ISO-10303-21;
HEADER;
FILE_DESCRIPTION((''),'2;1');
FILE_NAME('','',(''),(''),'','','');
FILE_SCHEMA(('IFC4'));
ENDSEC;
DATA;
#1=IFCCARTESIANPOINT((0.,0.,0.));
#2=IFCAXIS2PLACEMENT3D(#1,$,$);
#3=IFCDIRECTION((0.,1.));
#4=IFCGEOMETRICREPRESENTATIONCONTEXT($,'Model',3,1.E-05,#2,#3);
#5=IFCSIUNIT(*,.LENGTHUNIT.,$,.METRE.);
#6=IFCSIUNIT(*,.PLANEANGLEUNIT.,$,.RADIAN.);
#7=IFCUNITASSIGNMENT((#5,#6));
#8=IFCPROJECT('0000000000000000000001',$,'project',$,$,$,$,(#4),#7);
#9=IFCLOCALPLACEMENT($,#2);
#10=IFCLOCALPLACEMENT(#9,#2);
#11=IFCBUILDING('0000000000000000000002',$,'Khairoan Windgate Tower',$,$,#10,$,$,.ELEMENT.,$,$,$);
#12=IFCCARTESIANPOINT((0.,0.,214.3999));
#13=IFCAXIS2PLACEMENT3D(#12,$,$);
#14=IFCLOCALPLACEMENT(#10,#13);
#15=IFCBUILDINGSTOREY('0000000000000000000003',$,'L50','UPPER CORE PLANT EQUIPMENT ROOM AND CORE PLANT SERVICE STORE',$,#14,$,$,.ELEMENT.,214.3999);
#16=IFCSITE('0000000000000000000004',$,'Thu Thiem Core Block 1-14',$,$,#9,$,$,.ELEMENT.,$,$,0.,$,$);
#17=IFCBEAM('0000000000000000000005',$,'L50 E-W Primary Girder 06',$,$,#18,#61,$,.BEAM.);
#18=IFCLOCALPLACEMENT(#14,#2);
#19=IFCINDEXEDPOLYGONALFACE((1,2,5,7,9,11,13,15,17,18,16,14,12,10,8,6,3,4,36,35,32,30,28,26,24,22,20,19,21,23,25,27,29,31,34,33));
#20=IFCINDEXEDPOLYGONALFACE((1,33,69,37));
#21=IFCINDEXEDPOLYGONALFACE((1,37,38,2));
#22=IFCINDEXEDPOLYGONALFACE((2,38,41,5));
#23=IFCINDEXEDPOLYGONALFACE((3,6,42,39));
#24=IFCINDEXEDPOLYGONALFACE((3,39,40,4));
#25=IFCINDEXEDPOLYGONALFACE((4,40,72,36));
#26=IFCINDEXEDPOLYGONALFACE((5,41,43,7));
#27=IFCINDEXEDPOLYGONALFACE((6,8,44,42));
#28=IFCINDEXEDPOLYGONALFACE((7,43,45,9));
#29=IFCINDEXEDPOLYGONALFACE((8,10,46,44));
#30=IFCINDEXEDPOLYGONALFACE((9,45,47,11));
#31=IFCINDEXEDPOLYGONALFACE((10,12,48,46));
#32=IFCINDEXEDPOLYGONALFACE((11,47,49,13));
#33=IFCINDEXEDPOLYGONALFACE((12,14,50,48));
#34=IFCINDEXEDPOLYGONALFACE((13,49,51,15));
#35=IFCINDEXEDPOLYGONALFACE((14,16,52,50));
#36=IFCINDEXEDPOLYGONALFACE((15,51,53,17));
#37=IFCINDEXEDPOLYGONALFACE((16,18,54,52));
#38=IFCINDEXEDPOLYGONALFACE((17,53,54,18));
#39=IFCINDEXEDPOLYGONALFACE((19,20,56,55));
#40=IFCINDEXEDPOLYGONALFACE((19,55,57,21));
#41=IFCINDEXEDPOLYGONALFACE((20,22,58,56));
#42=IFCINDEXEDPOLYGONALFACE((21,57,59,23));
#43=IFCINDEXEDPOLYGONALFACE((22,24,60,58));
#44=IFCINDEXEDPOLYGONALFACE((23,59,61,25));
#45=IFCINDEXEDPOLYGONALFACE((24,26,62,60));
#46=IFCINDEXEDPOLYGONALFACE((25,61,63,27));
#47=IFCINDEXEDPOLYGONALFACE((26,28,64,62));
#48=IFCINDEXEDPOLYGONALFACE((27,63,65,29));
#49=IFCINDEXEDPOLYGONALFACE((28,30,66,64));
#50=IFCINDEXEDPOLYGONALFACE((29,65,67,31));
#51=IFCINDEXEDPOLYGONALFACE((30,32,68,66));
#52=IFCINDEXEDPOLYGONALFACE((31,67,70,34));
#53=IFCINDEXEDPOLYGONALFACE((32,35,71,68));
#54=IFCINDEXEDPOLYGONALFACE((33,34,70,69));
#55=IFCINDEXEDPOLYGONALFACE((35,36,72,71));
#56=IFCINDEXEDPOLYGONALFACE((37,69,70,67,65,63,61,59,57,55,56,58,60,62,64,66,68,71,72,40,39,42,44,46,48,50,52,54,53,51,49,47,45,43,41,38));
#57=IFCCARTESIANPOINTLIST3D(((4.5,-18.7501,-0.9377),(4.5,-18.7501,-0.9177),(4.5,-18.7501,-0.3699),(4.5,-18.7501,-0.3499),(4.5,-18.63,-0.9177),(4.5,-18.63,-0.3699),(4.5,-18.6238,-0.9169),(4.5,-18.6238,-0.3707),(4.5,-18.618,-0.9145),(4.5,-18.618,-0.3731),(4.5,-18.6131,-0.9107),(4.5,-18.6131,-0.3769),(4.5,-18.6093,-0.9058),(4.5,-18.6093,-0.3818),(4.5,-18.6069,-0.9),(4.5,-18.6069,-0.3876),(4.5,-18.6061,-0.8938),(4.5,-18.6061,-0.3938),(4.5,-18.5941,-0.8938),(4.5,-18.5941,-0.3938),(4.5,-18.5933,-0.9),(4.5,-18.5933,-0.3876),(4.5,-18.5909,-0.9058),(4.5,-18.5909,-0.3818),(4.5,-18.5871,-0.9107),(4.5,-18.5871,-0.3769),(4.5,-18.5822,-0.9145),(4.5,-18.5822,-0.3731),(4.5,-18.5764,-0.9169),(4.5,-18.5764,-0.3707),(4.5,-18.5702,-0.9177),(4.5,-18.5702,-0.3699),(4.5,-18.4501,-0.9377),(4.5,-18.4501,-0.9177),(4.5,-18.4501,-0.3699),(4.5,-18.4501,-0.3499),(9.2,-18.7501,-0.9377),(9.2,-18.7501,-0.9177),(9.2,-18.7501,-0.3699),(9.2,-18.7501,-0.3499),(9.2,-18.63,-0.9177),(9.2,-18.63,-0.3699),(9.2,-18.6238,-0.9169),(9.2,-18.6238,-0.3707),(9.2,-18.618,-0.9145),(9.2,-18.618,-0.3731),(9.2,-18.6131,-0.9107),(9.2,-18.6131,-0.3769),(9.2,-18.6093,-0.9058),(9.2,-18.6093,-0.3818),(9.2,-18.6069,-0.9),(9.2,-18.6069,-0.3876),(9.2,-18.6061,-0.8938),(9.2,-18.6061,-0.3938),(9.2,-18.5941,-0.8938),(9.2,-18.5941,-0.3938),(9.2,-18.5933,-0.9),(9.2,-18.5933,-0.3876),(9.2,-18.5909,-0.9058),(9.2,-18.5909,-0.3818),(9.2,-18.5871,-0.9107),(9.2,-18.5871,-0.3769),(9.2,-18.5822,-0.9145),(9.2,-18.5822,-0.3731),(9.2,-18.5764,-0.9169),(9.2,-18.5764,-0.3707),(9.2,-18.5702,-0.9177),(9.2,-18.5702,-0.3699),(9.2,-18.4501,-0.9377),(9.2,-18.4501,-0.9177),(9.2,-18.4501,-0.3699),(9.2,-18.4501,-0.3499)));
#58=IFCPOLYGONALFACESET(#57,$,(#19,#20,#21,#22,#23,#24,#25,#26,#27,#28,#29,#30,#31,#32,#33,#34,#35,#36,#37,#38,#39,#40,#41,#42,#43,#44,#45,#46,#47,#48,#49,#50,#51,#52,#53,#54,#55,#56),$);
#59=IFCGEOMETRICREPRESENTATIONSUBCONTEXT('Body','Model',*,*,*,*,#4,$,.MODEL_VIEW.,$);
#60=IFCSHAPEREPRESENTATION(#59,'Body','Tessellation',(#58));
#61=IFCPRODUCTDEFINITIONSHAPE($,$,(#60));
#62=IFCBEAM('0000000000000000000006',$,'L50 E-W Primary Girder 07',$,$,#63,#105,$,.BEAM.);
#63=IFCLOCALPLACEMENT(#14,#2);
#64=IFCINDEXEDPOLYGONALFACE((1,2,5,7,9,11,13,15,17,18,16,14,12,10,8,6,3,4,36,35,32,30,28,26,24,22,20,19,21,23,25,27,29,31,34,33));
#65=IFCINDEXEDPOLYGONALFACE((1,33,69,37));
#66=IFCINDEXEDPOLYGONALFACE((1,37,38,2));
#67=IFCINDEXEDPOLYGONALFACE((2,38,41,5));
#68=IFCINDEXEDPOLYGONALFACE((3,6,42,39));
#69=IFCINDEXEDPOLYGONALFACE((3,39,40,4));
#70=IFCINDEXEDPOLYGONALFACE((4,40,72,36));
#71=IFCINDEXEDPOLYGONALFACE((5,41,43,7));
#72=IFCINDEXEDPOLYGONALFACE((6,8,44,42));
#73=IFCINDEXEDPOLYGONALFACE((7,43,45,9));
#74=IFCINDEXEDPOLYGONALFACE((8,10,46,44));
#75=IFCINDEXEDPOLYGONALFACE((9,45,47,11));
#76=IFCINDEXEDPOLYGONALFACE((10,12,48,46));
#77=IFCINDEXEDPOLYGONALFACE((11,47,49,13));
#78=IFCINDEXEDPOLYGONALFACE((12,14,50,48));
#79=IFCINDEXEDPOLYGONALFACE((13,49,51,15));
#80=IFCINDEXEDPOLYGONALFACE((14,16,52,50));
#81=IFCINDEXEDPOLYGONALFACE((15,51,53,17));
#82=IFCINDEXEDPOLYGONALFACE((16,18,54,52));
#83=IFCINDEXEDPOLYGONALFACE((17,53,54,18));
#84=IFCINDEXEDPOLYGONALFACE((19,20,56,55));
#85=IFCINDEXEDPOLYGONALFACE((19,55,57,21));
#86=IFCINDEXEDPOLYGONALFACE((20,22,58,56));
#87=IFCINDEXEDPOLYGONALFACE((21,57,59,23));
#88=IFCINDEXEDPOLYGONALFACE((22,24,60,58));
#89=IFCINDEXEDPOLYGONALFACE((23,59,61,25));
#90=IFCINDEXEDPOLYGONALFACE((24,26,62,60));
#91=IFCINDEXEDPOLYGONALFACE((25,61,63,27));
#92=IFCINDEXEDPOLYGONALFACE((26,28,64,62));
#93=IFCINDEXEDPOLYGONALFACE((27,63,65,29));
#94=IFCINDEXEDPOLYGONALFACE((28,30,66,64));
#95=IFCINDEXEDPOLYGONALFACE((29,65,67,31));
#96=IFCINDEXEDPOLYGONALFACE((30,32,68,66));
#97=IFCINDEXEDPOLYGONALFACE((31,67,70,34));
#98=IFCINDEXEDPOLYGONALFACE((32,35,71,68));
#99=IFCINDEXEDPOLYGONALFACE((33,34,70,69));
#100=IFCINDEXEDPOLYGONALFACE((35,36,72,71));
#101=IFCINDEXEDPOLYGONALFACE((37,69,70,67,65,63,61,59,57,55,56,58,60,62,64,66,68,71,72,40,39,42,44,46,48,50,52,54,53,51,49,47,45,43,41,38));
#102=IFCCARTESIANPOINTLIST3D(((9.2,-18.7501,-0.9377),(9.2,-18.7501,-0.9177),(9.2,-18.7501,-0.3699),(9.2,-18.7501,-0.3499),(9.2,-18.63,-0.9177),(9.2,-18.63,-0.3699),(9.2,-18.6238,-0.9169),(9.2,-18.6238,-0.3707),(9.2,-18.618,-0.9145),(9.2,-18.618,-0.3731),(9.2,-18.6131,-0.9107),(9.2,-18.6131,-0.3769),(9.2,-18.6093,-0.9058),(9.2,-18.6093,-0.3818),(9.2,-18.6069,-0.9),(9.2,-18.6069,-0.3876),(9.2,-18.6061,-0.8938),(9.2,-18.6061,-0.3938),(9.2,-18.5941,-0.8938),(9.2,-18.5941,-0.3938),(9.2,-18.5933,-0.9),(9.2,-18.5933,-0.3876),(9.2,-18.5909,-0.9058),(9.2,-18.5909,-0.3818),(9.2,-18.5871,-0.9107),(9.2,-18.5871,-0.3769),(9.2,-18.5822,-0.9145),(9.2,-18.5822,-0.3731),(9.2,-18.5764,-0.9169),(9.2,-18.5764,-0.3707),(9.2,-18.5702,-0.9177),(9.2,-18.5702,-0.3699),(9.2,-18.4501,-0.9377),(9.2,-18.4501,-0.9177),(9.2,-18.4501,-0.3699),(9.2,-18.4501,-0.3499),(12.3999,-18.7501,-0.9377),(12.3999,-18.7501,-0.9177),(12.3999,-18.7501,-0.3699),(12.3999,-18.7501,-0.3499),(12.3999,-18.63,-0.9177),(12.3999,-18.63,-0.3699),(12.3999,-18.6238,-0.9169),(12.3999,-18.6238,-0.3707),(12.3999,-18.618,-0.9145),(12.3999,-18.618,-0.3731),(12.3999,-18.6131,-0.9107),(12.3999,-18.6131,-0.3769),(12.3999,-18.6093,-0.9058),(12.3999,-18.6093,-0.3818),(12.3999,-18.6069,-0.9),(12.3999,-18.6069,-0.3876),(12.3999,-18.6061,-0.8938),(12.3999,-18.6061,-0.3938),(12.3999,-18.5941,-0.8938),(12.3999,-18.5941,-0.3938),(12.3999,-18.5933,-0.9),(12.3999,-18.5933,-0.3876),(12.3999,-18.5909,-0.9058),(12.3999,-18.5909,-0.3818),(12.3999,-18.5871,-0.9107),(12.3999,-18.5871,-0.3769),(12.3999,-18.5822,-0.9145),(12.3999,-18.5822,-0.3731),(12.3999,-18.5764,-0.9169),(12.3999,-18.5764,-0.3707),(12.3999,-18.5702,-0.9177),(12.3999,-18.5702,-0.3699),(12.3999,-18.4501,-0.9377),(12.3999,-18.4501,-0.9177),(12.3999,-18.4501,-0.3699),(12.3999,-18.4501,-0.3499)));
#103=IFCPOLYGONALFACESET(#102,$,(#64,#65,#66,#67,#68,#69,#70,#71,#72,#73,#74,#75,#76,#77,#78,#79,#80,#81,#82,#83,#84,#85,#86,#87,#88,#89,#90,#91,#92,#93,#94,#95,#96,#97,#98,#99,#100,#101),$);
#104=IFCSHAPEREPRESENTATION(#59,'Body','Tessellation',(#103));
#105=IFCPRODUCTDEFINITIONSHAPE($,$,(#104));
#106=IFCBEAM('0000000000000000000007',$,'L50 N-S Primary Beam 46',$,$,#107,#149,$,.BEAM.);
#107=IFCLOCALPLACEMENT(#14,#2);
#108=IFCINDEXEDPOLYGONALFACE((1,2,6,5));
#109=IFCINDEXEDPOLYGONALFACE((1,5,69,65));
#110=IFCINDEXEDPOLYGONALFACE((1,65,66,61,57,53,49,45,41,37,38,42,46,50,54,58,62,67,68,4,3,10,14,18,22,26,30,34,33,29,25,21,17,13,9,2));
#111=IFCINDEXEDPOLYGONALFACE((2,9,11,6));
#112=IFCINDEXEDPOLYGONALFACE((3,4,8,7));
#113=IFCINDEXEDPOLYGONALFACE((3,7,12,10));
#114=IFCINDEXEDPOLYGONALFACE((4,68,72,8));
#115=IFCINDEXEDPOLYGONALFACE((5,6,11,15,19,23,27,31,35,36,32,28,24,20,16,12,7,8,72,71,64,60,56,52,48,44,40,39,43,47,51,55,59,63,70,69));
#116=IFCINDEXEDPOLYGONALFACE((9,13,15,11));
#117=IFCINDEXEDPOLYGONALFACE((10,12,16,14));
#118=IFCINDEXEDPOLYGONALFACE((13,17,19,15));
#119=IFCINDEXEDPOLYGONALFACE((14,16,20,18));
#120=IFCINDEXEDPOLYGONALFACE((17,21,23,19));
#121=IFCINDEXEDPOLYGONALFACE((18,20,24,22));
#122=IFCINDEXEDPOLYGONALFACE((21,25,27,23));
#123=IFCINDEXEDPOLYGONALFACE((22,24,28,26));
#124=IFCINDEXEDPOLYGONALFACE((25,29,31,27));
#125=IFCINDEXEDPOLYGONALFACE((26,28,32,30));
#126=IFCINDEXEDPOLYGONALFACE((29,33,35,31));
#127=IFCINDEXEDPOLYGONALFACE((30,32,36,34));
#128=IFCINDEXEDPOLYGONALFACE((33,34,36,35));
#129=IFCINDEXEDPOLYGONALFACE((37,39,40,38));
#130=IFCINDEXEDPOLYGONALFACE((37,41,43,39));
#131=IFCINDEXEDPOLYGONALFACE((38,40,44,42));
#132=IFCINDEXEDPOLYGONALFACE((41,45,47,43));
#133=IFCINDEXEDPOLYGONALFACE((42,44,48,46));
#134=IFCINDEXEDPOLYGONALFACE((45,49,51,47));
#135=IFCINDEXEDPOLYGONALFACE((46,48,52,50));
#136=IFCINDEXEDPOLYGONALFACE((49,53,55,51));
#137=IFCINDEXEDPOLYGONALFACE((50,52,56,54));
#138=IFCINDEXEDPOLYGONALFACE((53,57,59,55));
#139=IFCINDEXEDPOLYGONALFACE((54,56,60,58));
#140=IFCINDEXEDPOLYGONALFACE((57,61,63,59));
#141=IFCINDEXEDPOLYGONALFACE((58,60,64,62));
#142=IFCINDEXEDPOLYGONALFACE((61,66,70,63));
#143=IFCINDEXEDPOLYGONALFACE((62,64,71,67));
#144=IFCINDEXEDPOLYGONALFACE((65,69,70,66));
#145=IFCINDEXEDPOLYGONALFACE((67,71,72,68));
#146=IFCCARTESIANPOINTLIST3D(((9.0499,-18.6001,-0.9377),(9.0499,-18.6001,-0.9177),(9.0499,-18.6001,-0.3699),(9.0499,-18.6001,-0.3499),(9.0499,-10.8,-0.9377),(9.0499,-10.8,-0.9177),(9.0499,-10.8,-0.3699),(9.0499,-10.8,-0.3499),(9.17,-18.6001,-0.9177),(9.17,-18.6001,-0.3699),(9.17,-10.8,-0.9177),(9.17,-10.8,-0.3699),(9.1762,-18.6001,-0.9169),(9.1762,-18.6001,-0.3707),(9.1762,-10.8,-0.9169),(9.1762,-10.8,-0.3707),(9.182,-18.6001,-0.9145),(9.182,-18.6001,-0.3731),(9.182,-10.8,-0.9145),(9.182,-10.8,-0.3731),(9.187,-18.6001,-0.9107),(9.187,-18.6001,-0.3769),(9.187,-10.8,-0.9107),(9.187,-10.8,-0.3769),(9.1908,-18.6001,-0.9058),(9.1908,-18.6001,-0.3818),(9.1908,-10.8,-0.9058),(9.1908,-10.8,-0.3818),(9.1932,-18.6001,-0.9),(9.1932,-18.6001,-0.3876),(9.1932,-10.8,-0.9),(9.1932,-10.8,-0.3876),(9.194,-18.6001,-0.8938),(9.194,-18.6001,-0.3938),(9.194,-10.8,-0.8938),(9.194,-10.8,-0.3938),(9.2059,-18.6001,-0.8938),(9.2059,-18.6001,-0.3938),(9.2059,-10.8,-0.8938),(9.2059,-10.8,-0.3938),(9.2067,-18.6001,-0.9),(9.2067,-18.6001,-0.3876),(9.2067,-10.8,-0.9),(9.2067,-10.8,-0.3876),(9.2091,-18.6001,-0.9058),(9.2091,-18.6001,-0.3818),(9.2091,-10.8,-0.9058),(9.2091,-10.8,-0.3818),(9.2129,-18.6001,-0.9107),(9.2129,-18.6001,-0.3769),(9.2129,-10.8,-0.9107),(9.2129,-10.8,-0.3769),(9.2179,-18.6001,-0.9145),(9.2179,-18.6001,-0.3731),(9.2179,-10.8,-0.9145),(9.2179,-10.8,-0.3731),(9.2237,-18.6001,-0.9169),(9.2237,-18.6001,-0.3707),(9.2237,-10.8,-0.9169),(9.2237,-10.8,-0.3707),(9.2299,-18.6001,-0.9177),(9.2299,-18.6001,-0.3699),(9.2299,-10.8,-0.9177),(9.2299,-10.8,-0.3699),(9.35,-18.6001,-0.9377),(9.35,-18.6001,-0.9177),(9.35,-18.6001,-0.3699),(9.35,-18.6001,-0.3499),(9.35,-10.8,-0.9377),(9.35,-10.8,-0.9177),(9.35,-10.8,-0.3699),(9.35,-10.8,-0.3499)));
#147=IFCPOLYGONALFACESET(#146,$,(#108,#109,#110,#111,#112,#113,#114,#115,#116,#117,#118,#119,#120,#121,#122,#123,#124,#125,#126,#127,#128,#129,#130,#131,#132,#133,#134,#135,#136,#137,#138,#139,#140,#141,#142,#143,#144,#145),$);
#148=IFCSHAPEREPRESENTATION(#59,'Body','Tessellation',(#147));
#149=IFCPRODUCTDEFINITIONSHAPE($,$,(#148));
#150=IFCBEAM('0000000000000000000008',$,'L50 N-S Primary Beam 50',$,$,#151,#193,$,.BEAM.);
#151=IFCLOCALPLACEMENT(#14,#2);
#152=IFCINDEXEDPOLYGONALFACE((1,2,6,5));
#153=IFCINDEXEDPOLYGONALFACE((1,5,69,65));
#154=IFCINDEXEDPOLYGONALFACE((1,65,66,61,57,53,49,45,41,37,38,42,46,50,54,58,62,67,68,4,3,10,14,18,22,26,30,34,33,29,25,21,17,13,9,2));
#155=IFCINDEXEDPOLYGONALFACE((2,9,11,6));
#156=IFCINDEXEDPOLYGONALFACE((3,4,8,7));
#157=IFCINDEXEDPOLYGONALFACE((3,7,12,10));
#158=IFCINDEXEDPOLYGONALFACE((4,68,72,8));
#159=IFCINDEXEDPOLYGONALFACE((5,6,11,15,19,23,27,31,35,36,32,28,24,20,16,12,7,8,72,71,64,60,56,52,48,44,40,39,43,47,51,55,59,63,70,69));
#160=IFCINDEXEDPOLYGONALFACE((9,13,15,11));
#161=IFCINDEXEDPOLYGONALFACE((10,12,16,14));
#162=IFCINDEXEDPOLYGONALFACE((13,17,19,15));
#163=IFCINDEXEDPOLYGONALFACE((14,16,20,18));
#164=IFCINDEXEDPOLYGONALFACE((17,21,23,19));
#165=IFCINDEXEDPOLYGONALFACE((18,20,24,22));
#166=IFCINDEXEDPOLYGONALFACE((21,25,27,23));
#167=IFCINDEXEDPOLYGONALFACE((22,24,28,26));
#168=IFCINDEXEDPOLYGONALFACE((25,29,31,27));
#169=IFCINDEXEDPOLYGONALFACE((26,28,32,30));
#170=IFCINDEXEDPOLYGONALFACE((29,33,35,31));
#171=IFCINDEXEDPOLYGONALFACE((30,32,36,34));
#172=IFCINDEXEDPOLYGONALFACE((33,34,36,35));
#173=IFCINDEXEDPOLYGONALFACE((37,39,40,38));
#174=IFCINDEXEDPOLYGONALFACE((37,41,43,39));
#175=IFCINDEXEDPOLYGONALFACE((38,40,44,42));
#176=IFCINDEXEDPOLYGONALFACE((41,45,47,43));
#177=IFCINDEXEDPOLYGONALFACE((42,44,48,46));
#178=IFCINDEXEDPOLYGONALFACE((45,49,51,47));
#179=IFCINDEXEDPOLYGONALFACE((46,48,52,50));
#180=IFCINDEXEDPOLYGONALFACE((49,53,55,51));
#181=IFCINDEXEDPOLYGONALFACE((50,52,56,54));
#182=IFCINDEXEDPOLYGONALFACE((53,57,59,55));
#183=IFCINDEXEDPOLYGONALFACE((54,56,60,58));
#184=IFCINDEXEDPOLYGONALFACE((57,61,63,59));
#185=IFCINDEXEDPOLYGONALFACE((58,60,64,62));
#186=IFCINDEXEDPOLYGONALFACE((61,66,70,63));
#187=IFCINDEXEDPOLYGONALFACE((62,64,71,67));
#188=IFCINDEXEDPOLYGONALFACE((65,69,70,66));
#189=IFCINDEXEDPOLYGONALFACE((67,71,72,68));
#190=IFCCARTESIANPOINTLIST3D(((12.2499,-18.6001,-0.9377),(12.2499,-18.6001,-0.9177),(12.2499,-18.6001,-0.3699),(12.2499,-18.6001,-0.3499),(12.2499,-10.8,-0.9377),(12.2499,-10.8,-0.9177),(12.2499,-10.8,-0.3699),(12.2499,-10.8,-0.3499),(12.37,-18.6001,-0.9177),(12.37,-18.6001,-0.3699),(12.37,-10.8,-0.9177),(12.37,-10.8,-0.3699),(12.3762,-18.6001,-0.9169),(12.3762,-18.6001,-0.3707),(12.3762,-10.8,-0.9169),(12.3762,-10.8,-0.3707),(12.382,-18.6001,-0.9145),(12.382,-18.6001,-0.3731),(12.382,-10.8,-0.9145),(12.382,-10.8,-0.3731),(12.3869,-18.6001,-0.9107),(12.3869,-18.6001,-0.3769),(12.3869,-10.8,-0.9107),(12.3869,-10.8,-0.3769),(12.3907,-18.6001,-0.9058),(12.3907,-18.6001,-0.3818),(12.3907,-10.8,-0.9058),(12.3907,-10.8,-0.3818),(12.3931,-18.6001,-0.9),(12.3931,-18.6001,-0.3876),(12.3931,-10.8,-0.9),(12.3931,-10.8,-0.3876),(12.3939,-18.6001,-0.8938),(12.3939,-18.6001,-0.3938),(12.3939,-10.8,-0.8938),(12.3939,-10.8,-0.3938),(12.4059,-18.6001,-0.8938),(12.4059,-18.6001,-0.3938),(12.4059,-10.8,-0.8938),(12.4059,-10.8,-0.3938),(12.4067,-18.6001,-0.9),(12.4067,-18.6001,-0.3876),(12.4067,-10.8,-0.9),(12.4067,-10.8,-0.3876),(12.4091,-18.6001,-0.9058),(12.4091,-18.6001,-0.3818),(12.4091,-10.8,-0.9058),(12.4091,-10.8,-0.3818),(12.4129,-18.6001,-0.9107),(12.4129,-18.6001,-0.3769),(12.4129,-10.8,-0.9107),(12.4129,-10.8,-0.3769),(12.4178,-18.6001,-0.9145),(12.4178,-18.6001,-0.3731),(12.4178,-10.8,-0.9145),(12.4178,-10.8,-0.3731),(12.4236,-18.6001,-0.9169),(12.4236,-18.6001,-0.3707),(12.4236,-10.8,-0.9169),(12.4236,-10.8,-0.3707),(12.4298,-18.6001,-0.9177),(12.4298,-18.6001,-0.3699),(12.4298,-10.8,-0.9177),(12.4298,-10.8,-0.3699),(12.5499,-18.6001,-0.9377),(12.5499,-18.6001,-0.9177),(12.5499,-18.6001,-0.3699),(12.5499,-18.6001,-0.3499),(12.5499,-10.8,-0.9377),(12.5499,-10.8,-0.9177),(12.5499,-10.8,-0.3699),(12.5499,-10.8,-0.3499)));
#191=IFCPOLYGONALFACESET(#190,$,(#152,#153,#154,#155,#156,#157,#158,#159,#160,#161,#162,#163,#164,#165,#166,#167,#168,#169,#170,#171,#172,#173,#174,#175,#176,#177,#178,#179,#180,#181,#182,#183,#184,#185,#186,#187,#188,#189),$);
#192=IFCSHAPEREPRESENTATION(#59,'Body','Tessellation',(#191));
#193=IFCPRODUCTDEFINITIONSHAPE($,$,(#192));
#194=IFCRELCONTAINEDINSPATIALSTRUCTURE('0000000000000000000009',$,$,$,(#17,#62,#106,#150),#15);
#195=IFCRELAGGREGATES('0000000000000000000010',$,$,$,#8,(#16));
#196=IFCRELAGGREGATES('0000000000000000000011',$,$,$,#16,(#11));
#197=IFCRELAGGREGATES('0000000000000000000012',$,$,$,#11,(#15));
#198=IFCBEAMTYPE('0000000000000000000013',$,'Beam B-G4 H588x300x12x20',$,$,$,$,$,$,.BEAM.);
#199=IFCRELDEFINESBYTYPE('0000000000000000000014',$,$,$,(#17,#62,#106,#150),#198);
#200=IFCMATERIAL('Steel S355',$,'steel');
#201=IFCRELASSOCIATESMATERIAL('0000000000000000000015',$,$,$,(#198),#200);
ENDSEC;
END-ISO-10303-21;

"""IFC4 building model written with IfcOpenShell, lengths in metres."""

from ifc_helpers import new_model, si_unit, direction, frame, origin, origin_2d, place, context, subcontext, project, spatial, i_section, extrude, material, material_profile, profile_set, type_object, element, save


model = new_model("IFC4")

# Units and contexts
model_context = context("Model", 3, precision=1e-05, world=origin(), true_north=direction((0.0, 1.0)))
body_context = subcontext(model_context, "Body", "Model", "MODEL_VIEW")
ifc_project = project(units=[si_unit("LENGTHUNIT", "METRE"), si_unit("PLANEANGLEUNIT", "RADIAN")], contexts=[model_context])

# Site, building, storey
site_placement = place(None, origin())
site = spatial("IfcSite", under=ifc_project, at=site_placement, Name="Thu Thiem Core Block 1-14", CompositionType="ELEMENT", RefElevation=0.0)
building_placement = place(site_placement, origin())
building = spatial("IfcBuilding", under=site, at=building_placement, Name="Khairoan Windgate Tower", CompositionType="ELEMENT")
storey_placement = place(building_placement, frame((0.0, 0.0, 214.3999)))
storey = spatial("IfcBuildingStorey", under=building, at=storey_placement, Name="L50", Description="UPPER CORE PLANT EQUIPMENT ROOM AND CORE PLANT SERVICE STORE", CompositionType="ELEMENT", Elevation=214.3999)

# Beams
ifc_material_1 = material(Name="Steel S355", Category="steel")
ifc_material_profile_1 = material_profile(ifc_material_1, i_section(OverallWidth=0.3, OverallDepth=0.5879, WebThickness=0.012, FlangeThickness=0.02, FilletRadius=0.0239, at=origin_2d()))
ifc_profile_set_1 = profile_set([ifc_material_profile_1], Name="Steel S355")
beam_type_1 = type_object("IfcBeamType", Name="Beam B-G4 H588x300x12x20", PredefinedType="BEAM", material=ifc_profile_set_1)
beam_1_placement = place(storey_placement, frame((4.5, -18.6001, -0.6438), z_axis=(1.0, 0.0, 0.0), x_axis=(0.0, 1.0, 0.0)))
element("IfcBeam", 1, at=beam_1_placement, inside=storey, type_object=beam_type_1, Name="L50 E-W Primary Girder 06", PredefinedType="BEAM", context=body_context, shape_type="SweptSolid", body=[
    extrude(i_section(OverallWidth=0.3, OverallDepth=0.5879, WebThickness=0.012, FlangeThickness=0.02, FilletRadius=0.0239, at=origin_2d()), origin(), (0.0, 0.0, 1.0), 4.7),
])
beam_2_placement = place(storey_placement, frame((9.2, -18.6001, -0.6438), z_axis=(1.0, 0.0, 0.0), x_axis=(0.0, 1.0, 0.0)))
element("IfcBeam", 2, at=beam_2_placement, inside=storey, type_object=beam_type_1, Name="L50 E-W Primary Girder 07", PredefinedType="BEAM", context=body_context, shape_type="SweptSolid", body=[
    extrude(i_section(OverallWidth=0.3, OverallDepth=0.5879, WebThickness=0.012, FlangeThickness=0.02, FilletRadius=0.0239, at=origin_2d()), origin(), (0.0, 0.0, 1.0), 3.2),
])
for number, where, z_axis, x_axis, name in (
    (3, (9.2, -18.6001, -0.6438), (0.0, 1.0, 0.0), (-1.0, 0.0, 0.0), "L50 N-S Primary Beam 46"),
    (4, (12.3999, -18.6001, -0.6438), (0.0, 1.0, 0.0), (-1.0, 0.0, 0.0), "L50 N-S Primary Beam 50"),
):
    element("IfcBeam", number, at=place(storey_placement, frame(where, z_axis=z_axis, x_axis=x_axis)), inside=storey, type_object=beam_type_1, Name=name, PredefinedType="BEAM", context=body_context, shape_type="SweptSolid", body=[
        extrude(i_section(OverallWidth=0.3, OverallDepth=0.5879, WebThickness=0.012, FlangeThickness=0.02, FilletRadius=0.0239, at=origin_2d()), origin(), (0.0, 0.0, 1.0), 7.8),
    ])

save(model, "model.ifc")
